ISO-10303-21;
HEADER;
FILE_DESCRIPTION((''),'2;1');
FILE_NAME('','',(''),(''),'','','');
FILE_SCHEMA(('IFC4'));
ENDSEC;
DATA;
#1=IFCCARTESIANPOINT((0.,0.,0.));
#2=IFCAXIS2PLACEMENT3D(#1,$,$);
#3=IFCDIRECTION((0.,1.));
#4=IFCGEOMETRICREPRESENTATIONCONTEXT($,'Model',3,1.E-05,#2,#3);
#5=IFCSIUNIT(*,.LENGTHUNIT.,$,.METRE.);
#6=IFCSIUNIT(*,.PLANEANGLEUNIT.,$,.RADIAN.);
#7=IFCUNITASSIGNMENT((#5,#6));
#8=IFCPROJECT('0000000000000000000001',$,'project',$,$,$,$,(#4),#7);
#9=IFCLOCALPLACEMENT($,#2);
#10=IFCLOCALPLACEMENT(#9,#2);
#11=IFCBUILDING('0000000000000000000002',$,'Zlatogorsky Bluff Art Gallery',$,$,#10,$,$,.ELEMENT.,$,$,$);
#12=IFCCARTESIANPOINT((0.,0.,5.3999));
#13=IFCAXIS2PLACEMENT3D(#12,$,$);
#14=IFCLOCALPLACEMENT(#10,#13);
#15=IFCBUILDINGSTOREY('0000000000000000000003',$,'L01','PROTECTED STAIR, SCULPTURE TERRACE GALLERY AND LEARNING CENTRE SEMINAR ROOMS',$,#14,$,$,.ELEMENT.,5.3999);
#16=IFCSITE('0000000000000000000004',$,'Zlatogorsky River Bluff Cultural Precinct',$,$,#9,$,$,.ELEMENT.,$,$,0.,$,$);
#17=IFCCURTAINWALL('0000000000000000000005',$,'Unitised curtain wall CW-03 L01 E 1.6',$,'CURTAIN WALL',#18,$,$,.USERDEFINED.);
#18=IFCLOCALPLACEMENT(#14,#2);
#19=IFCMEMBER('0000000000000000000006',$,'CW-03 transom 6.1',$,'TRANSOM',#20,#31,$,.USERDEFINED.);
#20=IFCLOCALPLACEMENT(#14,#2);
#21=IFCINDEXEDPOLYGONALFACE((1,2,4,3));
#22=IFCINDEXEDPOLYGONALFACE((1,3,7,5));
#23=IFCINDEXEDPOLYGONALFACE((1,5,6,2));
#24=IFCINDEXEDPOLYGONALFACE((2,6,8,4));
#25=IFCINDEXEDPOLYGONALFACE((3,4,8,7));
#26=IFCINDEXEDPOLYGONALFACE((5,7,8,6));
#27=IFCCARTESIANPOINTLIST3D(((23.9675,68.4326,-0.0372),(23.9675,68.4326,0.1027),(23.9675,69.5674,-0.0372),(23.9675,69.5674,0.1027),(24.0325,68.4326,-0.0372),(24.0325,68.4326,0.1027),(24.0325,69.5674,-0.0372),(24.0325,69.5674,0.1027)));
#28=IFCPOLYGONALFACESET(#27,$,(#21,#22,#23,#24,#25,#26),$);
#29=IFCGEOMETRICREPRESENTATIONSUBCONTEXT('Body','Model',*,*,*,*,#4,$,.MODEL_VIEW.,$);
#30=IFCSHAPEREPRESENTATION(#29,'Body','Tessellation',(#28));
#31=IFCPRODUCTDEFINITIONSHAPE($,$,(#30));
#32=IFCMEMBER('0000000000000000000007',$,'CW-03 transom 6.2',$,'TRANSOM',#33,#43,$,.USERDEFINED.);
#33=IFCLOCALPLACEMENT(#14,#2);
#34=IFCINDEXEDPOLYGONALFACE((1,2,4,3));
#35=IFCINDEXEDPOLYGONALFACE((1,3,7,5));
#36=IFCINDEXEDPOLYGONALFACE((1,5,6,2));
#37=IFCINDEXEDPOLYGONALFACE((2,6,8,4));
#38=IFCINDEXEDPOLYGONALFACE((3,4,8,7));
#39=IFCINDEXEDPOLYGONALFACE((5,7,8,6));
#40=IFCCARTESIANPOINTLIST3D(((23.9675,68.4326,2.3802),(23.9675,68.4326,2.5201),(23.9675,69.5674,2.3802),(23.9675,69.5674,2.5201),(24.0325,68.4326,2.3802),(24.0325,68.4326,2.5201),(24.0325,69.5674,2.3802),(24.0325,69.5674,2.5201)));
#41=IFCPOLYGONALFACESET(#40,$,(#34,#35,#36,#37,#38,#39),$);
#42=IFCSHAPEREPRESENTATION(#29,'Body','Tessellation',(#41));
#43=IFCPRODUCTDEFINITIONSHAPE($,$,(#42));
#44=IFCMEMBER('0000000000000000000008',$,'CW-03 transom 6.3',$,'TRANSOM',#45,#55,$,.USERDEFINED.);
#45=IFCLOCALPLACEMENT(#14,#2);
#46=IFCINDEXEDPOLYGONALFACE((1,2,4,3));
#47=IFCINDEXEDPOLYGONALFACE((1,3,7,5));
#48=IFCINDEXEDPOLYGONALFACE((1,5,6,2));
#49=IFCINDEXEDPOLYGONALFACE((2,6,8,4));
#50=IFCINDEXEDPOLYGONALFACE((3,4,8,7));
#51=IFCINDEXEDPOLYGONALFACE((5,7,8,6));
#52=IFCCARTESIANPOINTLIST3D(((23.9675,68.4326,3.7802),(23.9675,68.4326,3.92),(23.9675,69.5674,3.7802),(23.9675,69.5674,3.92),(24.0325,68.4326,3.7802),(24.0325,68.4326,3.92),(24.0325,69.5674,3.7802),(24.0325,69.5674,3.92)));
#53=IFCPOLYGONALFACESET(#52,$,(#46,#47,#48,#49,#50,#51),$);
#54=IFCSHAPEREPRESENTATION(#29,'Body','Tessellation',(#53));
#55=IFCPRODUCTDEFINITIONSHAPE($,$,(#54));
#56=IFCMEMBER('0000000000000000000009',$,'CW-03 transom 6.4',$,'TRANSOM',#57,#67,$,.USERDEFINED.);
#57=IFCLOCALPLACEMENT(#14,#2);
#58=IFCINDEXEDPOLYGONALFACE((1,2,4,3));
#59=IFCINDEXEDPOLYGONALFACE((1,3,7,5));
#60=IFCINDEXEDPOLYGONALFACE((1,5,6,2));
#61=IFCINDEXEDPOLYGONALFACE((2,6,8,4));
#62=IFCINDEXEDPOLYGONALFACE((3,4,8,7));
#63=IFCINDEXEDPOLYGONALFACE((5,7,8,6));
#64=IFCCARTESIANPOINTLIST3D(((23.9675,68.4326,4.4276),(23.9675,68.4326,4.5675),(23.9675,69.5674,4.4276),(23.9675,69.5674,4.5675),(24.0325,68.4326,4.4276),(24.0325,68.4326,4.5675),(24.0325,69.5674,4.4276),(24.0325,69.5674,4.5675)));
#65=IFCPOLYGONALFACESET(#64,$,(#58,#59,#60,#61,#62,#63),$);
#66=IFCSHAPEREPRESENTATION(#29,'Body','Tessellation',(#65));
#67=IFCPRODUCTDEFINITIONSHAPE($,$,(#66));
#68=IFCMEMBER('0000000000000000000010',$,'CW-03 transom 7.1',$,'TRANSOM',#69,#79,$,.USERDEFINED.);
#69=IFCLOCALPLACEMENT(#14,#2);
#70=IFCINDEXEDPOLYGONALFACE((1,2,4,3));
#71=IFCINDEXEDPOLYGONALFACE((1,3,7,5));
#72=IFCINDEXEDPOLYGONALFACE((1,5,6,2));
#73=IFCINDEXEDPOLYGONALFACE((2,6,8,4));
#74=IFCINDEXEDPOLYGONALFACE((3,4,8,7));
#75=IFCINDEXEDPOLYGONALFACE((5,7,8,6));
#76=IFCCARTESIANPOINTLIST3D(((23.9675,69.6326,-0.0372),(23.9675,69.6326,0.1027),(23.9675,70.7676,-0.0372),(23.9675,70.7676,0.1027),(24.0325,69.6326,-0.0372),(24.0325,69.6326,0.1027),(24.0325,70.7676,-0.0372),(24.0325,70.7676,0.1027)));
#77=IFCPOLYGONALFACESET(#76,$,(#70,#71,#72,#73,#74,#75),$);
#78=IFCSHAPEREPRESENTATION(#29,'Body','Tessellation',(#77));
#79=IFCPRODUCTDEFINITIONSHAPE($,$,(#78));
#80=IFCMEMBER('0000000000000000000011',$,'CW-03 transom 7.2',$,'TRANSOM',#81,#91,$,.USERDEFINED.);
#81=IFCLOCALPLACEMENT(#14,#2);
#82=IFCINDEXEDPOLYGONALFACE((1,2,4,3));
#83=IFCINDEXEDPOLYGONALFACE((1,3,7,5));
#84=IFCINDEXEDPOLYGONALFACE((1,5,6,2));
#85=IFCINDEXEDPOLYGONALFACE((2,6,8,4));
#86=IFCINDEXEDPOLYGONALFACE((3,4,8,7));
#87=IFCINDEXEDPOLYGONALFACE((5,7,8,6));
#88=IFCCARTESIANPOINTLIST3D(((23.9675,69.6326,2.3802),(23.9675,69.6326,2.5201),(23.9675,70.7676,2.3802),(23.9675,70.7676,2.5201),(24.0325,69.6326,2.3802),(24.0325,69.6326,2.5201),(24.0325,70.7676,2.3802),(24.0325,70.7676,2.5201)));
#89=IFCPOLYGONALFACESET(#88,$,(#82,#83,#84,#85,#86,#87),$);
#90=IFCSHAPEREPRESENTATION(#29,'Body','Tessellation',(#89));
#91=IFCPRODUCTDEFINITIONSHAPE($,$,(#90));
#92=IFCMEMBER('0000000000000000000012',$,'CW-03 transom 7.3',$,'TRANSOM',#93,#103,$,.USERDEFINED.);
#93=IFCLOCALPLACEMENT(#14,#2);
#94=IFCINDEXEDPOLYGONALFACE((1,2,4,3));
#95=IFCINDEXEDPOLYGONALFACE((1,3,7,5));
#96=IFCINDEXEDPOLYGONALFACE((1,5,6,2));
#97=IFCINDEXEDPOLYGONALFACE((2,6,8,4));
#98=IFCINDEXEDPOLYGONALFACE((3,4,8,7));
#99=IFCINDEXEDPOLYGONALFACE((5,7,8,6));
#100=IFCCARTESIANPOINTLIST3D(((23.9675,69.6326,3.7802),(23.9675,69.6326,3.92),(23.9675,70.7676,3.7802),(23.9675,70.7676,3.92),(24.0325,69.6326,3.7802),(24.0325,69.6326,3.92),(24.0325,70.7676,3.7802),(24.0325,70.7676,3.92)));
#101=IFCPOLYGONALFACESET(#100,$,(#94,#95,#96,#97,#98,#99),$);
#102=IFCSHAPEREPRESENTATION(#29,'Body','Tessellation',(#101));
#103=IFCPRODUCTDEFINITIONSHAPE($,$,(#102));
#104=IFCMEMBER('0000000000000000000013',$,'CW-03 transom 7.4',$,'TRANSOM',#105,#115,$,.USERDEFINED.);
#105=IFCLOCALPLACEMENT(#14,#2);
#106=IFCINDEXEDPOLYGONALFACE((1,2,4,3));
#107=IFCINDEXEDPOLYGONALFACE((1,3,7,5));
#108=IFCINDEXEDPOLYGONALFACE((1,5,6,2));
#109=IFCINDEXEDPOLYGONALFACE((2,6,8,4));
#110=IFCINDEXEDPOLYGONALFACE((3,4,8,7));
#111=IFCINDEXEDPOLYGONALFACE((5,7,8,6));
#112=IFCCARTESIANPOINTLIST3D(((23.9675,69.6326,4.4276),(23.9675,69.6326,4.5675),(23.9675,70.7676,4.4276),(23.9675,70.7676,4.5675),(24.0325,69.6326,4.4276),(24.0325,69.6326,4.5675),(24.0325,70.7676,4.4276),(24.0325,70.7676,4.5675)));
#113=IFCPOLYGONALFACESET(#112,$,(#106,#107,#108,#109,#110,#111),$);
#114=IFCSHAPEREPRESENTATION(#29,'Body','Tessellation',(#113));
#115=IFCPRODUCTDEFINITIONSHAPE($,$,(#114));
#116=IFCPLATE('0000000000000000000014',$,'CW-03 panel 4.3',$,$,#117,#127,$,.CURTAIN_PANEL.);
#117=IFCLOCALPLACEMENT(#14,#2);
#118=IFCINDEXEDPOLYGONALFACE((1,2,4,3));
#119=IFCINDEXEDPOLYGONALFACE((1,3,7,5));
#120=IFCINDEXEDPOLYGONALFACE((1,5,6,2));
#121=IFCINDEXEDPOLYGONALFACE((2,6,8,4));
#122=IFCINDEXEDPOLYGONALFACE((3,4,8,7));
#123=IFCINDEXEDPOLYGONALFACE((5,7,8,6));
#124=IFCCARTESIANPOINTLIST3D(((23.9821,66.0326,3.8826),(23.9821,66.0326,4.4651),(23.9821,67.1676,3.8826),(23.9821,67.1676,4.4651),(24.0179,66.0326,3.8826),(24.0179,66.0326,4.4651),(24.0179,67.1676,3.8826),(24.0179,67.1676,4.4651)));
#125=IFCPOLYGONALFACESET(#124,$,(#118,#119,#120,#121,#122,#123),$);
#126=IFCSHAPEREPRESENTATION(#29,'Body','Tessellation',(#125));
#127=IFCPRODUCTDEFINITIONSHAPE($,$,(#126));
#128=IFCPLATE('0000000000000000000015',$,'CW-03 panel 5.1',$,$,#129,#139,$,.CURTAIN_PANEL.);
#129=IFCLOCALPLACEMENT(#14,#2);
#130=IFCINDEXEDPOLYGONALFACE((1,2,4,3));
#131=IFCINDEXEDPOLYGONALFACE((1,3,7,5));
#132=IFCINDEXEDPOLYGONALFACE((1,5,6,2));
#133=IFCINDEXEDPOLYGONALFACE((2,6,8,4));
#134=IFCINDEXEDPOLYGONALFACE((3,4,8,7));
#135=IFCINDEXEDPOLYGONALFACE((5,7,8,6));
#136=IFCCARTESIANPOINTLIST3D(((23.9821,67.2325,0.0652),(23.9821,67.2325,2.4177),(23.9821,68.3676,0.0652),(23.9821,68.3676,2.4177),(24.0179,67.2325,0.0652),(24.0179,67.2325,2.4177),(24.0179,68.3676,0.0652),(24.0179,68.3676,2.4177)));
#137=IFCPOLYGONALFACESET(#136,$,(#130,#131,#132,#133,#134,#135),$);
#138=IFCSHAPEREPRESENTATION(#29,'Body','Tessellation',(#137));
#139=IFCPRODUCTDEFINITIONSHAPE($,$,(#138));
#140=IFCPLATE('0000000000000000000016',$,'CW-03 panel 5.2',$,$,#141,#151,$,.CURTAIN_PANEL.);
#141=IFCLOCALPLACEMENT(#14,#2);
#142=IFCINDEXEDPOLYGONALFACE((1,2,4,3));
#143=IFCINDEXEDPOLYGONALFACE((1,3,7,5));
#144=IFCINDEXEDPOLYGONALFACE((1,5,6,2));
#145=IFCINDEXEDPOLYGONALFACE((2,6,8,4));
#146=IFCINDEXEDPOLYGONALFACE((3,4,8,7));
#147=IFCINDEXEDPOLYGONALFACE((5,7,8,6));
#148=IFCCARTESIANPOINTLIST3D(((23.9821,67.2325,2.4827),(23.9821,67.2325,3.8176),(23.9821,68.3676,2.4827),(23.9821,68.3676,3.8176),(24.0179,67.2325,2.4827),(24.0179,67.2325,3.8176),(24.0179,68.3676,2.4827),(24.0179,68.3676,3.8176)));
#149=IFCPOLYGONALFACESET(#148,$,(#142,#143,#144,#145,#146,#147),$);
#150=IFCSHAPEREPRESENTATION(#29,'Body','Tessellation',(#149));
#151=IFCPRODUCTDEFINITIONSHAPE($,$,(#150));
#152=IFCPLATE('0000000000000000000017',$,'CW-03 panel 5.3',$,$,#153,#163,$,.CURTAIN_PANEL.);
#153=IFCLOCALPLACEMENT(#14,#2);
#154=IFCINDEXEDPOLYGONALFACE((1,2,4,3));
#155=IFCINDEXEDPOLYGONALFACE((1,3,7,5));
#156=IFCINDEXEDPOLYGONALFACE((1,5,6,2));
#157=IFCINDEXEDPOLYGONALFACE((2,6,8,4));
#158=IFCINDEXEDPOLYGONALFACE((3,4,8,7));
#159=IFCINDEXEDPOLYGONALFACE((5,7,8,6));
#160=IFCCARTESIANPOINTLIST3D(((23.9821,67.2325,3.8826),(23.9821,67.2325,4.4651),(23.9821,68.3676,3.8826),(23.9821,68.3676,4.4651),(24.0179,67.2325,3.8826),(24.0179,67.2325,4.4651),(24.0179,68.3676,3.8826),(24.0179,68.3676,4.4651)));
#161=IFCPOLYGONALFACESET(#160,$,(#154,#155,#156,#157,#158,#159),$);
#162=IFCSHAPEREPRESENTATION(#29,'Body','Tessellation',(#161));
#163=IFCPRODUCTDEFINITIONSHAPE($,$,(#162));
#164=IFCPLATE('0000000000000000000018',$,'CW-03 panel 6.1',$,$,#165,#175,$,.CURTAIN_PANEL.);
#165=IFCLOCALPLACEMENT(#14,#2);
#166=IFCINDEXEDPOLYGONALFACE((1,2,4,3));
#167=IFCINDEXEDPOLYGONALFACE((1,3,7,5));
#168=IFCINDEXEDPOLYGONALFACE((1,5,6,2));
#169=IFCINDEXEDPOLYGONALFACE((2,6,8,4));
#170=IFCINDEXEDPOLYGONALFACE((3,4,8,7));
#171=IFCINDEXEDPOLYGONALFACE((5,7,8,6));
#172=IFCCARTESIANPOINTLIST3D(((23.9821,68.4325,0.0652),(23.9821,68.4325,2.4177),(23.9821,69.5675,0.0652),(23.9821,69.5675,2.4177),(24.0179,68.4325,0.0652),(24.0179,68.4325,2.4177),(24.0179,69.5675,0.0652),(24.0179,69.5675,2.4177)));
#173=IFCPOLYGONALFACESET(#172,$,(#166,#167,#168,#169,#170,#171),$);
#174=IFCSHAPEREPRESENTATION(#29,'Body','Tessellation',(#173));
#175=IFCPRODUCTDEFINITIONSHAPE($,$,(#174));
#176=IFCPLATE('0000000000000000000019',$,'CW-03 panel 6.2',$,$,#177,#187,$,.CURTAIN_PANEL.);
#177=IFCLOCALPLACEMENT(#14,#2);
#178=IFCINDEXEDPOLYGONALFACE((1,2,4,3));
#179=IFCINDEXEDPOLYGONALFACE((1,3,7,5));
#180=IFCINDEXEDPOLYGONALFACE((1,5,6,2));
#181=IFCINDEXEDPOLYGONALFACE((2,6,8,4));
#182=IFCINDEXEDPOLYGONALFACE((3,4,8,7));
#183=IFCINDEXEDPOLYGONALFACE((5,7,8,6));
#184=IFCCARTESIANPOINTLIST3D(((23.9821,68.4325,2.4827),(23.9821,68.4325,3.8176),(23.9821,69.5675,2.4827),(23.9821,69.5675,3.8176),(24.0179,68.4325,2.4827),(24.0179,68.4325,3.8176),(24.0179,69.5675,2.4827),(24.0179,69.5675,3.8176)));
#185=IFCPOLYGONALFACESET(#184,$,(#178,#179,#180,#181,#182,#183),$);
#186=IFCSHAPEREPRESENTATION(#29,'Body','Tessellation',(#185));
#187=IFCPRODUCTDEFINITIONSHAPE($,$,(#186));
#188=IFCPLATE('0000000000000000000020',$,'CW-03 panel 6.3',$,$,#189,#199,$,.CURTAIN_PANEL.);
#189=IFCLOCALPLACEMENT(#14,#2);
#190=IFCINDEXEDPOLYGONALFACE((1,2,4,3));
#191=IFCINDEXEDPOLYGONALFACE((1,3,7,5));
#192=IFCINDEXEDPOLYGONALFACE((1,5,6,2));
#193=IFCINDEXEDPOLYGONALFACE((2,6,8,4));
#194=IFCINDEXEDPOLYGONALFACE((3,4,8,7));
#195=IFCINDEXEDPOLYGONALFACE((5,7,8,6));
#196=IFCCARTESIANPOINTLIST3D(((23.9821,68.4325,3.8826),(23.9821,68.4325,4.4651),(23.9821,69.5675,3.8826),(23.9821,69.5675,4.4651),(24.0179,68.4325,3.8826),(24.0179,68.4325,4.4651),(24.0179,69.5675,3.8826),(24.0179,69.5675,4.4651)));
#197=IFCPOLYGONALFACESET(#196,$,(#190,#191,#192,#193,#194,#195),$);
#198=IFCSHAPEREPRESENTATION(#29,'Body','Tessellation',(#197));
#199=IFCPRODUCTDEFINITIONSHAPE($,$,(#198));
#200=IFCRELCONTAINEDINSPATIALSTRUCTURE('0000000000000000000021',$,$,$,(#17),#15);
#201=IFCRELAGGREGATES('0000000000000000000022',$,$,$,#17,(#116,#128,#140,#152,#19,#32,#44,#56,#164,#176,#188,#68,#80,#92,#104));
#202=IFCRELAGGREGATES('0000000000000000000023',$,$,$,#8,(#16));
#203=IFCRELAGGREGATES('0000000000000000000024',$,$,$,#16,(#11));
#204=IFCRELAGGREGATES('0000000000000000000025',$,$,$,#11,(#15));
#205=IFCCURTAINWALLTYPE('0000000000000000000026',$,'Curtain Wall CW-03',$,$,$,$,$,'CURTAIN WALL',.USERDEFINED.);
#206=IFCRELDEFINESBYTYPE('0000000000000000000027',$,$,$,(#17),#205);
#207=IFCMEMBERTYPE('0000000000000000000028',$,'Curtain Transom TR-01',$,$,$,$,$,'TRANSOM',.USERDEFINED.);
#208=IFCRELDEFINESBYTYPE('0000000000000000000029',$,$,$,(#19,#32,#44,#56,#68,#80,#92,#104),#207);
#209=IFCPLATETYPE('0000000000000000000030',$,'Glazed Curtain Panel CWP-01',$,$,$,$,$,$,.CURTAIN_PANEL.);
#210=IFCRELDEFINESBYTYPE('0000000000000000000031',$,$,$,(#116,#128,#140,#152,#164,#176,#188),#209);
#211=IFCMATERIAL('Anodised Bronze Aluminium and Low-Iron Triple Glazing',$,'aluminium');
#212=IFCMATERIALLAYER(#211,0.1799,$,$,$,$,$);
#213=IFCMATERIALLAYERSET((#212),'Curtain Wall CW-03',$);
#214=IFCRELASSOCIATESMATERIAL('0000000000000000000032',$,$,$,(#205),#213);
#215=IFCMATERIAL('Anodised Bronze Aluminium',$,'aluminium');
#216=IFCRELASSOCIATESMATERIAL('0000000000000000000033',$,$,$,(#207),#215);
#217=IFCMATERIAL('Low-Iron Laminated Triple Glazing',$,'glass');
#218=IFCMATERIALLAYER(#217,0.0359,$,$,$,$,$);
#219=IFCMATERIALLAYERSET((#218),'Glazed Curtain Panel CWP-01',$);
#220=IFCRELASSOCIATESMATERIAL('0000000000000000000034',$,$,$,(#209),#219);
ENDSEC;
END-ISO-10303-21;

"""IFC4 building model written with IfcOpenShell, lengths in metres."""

from ifc_helpers import new_model, si_unit, direction, frame, origin, origin_2d, place, context, subcontext, project, spatial, rectangle, extrude, material, layer, layer_set, material_profile, profile_set, type_object, element, aggregate, save


model = new_model("IFC4")

# Units and contexts
model_context = context("Model", 3, precision=1e-05, world=origin(), true_north=direction((0.0, 1.0)))
body_context = subcontext(model_context, "Body", "Model", "MODEL_VIEW")
ifc_project = project(units=[si_unit("LENGTHUNIT", "METRE"), si_unit("PLANEANGLEUNIT", "RADIAN")], contexts=[model_context])

# Site, building, storey
site_placement = place(None, origin())
site = spatial("IfcSite", under=ifc_project, at=site_placement, Name="Zlatogorsky River Bluff Cultural Precinct", CompositionType="ELEMENT", RefElevation=0.0)
building_placement = place(site_placement, origin())
building = spatial("IfcBuilding", under=site, at=building_placement, Name="Zlatogorsky Bluff Art Gallery", CompositionType="ELEMENT")
storey_placement = place(building_placement, frame((0.0, 0.0, 5.3999)))
storey = spatial("IfcBuildingStorey", under=building, at=storey_placement, Name="L01", Description="PROTECTED STAIR, SCULPTURE TERRACE GALLERY AND LEARNING CENTRE SEMINAR ROOMS", CompositionType="ELEMENT", Elevation=5.3999)

# Curtain wall, members, plates
ifc_material_1 = material(Name="Anodised Bronze Aluminium and Low-Iron Triple Glazing", Category="aluminium")
ifc_layer_1 = layer(ifc_material_1, 0.1799)
ifc_layer_set_1 = layer_set([ifc_layer_1], Name="Curtain Wall CW-03")
curtain_wall_type = type_object("IfcCurtainWallType", Name="Curtain Wall CW-03", ElementType="CURTAIN WALL", PredefinedType="USERDEFINED", material=ifc_layer_set_1)
curtain_wall_placement = place(storey_placement, origin())
curtain_wall = element("IfcCurtainWall", 1, at=curtain_wall_placement, inside=storey, type_object=curtain_wall_type, Name="Unitised curtain wall CW-03 L01 E 1.6", ObjectType="CURTAIN WALL", PredefinedType="USERDEFINED")
ifc_material_2 = material(Name="Anodised Bronze Aluminium", Category="aluminium")
ifc_material_profile_1 = material_profile(ifc_material_2, rectangle(XDim=0.0649, YDim=0.1399, at=origin_2d()), Name="ALU TRANSOM 65x140")
ifc_profile_set_1 = profile_set([ifc_material_profile_1], Name="Anodised Bronze Aluminium")
member_type_1 = type_object("IfcMemberType", Name="Curtain Transom TR-01", ElementType="TRANSOM", PredefinedType="USERDEFINED", material=ifc_profile_set_1)
member_1_placement = place(storey_placement, frame((24.0, 68.4326, 0.0327), z_axis=(0.0, 1.0, 0.0), x_axis=(-1.0, 0.0, 0.0)))
member_1 = element("IfcMember", 2, at=member_1_placement, type_object=member_type_1, Name="CW-03 transom 6.1", ObjectType="TRANSOM", PredefinedType="USERDEFINED", context=body_context, shape_type="SweptSolid", body=[
    extrude(rectangle(XDim=0.0649, YDim=0.1399, at=origin_2d()), origin(), (0.0, 0.0, 1.0), 1.1348),
])
member_2_placement = place(storey_placement, frame((24.0, 68.4326, 2.4502), z_axis=(0.0, 1.0, 0.0), x_axis=(-1.0, 0.0, 0.0)))
member_2 = element("IfcMember", 3, at=member_2_placement, type_object=member_type_1, Name="CW-03 transom 6.2", ObjectType="TRANSOM", PredefinedType="USERDEFINED", context=body_context, shape_type="SweptSolid", body=[
    extrude(rectangle(XDim=0.0649, YDim=0.1399, at=origin_2d()), origin(), (0.0, 0.0, 1.0), 1.1348),
])
member_3_placement = place(storey_placement, frame((24.0, 68.4326, 3.8501), z_axis=(0.0, 1.0, 0.0), x_axis=(-1.0, 0.0, 0.0)))
member_3 = element("IfcMember", 4, at=member_3_placement, type_object=member_type_1, Name="CW-03 transom 6.3", ObjectType="TRANSOM", PredefinedType="USERDEFINED", context=body_context, shape_type="SweptSolid", body=[
    extrude(rectangle(XDim=0.0649, YDim=0.1399, at=origin_2d()), origin(), (0.0, 0.0, 1.0), 1.1348),
])
member_4_placement = place(storey_placement, frame((24.0, 68.4326, 4.4976), z_axis=(0.0, 1.0, 0.0), x_axis=(-1.0, 0.0, 0.0)))
member_4 = element("IfcMember", 5, at=member_4_placement, type_object=member_type_1, Name="CW-03 transom 6.4", ObjectType="TRANSOM", PredefinedType="USERDEFINED", context=body_context, shape_type="SweptSolid", body=[
    extrude(rectangle(XDim=0.0649, YDim=0.1399, at=origin_2d()), origin(), (0.0, 0.0, 1.0), 1.1348),
])
member_5_placement = place(storey_placement, frame((24.0, 69.6326, 0.0327), z_axis=(0.0, 1.0, 0.0), x_axis=(-1.0, 0.0, 0.0)))
member_5 = element("IfcMember", 6, at=member_5_placement, type_object=member_type_1, Name="CW-03 transom 7.1", ObjectType="TRANSOM", PredefinedType="USERDEFINED", context=body_context, shape_type="SweptSolid", body=[
    extrude(rectangle(XDim=0.0649, YDim=0.1399, at=origin_2d()), origin(), (0.0, 0.0, 1.0), 1.135),
])
member_6_placement = place(storey_placement, frame((24.0, 69.6326, 2.4502), z_axis=(0.0, 1.0, 0.0), x_axis=(-1.0, 0.0, 0.0)))
member_6 = element("IfcMember", 7, at=member_6_placement, type_object=member_type_1, Name="CW-03 transom 7.2", ObjectType="TRANSOM", PredefinedType="USERDEFINED", context=body_context, shape_type="SweptSolid", body=[
    extrude(rectangle(XDim=0.0649, YDim=0.1399, at=origin_2d()), origin(), (0.0, 0.0, 1.0), 1.135),
])
member_7_placement = place(storey_placement, frame((24.0, 69.6326, 3.8501), z_axis=(0.0, 1.0, 0.0), x_axis=(-1.0, 0.0, 0.0)))
member_7 = element("IfcMember", 8, at=member_7_placement, type_object=member_type_1, Name="CW-03 transom 7.3", ObjectType="TRANSOM", PredefinedType="USERDEFINED", context=body_context, shape_type="SweptSolid", body=[
    extrude(rectangle(XDim=0.0649, YDim=0.1399, at=origin_2d()), origin(), (0.0, 0.0, 1.0), 1.135),
])
member_8_placement = place(storey_placement, frame((24.0, 69.6326, 4.4976), z_axis=(0.0, 1.0, 0.0), x_axis=(-1.0, 0.0, 0.0)))
member_8 = element("IfcMember", 9, at=member_8_placement, type_object=member_type_1, Name="CW-03 transom 7.4", ObjectType="TRANSOM", PredefinedType="USERDEFINED", context=body_context, shape_type="SweptSolid", body=[
    extrude(rectangle(XDim=0.0649, YDim=0.1399, at=origin_2d()), origin(), (0.0, 0.0, 1.0), 1.135),
])
ifc_material_3 = material(Name="Low-Iron Laminated Triple Glazing", Category="glass")
ifc_layer_2 = layer(ifc_material_3, 0.0359)
ifc_layer_set_2 = layer_set([ifc_layer_2], Name="Glazed Curtain Panel CWP-01")
plate_type = type_object("IfcPlateType", Name="Glazed Curtain Panel CWP-01", PredefinedType="CURTAIN_PANEL", material=ifc_layer_set_2)
plate_1_placement = place(storey_placement, frame((24.0, 66.6001, 3.8826), z_axis=(0.0, 0.0, 1.0), x_axis=(0.0, 1.0, 0.0)))
plate_1 = element("IfcPlate", 10, at=plate_1_placement, type_object=plate_type, Name="CW-03 panel 4.3", PredefinedType="CURTAIN_PANEL", context=body_context, shape_type="SweptSolid", body=[
    extrude(rectangle(XDim=1.135, YDim=0.0359, at=origin_2d()), origin(), (0.0, 0.0, 1.0), 0.5825),
])
plate_2_placement = place(storey_placement, frame((24.0, 67.8, 0.0652), z_axis=(0.0, 0.0, 1.0), x_axis=(0.0, 1.0, 0.0)))
plate_2 = element("IfcPlate", 11, at=plate_2_placement, type_object=plate_type, Name="CW-03 panel 5.1", PredefinedType="CURTAIN_PANEL", context=body_context, shape_type="SweptSolid", body=[
    extrude(rectangle(XDim=1.135, YDim=0.0359, at=origin_2d()), origin(), (0.0, 0.0, 1.0), 2.3525),
])
plate_3_placement = place(storey_placement, frame((24.0, 67.8, 2.4827), z_axis=(0.0, 0.0, 1.0), x_axis=(0.0, 1.0, 0.0)))
plate_3 = element("IfcPlate", 12, at=plate_3_placement, type_object=plate_type, Name="CW-03 panel 5.2", PredefinedType="CURTAIN_PANEL", context=body_context, shape_type="SweptSolid", body=[
    extrude(rectangle(XDim=1.135, YDim=0.0359, at=origin_2d()), origin(), (0.0, 0.0, 1.0), 1.335),
])
plate_4_placement = place(storey_placement, frame((24.0, 67.8, 3.8826), z_axis=(0.0, 0.0, 1.0), x_axis=(0.0, 1.0, 0.0)))
plate_4 = element("IfcPlate", 13, at=plate_4_placement, type_object=plate_type, Name="CW-03 panel 5.3", PredefinedType="CURTAIN_PANEL", context=body_context, shape_type="SweptSolid", body=[
    extrude(rectangle(XDim=1.135, YDim=0.0359, at=origin_2d()), origin(), (0.0, 0.0, 1.0), 0.5825),
])
plate_5_placement = place(storey_placement, frame((24.0, 69.0, 0.0652), z_axis=(0.0, 0.0, 1.0), x_axis=(0.0, 1.0, 0.0)))
plate_5 = element("IfcPlate", 14, at=plate_5_placement, type_object=plate_type, Name="CW-03 panel 6.1", PredefinedType="CURTAIN_PANEL", context=body_context, shape_type="SweptSolid", body=[
    extrude(rectangle(XDim=1.135, YDim=0.0359, at=origin_2d()), origin(), (0.0, 0.0, 1.0), 2.3525),
])
plate_6_placement = place(storey_placement, frame((24.0, 69.0, 2.4827), z_axis=(0.0, 0.0, 1.0), x_axis=(0.0, 1.0, 0.0)))
plate_6 = element("IfcPlate", 15, at=plate_6_placement, type_object=plate_type, Name="CW-03 panel 6.2", PredefinedType="CURTAIN_PANEL", context=body_context, shape_type="SweptSolid", body=[
    extrude(rectangle(XDim=1.135, YDim=0.0359, at=origin_2d()), origin(), (0.0, 0.0, 1.0), 1.335),
])
plate_7_placement = place(storey_placement, frame((24.0, 69.0, 3.8826), z_axis=(0.0, 0.0, 1.0), x_axis=(0.0, 1.0, 0.0)))
plate_7 = element("IfcPlate", 16, at=plate_7_placement, type_object=plate_type, Name="CW-03 panel 6.3", PredefinedType="CURTAIN_PANEL", context=body_context, shape_type="SweptSolid", body=[
    extrude(rectangle(XDim=1.135, YDim=0.0359, at=origin_2d()), origin(), (0.0, 0.0, 1.0), 0.5825),
])
aggregate(curtain_wall, [plate_1, plate_2, plate_3, plate_4, member_1, member_2, member_3, member_4, plate_5, plate_6, plate_7, member_5, member_6, member_7, member_8])

save(model, "model.ifc")
